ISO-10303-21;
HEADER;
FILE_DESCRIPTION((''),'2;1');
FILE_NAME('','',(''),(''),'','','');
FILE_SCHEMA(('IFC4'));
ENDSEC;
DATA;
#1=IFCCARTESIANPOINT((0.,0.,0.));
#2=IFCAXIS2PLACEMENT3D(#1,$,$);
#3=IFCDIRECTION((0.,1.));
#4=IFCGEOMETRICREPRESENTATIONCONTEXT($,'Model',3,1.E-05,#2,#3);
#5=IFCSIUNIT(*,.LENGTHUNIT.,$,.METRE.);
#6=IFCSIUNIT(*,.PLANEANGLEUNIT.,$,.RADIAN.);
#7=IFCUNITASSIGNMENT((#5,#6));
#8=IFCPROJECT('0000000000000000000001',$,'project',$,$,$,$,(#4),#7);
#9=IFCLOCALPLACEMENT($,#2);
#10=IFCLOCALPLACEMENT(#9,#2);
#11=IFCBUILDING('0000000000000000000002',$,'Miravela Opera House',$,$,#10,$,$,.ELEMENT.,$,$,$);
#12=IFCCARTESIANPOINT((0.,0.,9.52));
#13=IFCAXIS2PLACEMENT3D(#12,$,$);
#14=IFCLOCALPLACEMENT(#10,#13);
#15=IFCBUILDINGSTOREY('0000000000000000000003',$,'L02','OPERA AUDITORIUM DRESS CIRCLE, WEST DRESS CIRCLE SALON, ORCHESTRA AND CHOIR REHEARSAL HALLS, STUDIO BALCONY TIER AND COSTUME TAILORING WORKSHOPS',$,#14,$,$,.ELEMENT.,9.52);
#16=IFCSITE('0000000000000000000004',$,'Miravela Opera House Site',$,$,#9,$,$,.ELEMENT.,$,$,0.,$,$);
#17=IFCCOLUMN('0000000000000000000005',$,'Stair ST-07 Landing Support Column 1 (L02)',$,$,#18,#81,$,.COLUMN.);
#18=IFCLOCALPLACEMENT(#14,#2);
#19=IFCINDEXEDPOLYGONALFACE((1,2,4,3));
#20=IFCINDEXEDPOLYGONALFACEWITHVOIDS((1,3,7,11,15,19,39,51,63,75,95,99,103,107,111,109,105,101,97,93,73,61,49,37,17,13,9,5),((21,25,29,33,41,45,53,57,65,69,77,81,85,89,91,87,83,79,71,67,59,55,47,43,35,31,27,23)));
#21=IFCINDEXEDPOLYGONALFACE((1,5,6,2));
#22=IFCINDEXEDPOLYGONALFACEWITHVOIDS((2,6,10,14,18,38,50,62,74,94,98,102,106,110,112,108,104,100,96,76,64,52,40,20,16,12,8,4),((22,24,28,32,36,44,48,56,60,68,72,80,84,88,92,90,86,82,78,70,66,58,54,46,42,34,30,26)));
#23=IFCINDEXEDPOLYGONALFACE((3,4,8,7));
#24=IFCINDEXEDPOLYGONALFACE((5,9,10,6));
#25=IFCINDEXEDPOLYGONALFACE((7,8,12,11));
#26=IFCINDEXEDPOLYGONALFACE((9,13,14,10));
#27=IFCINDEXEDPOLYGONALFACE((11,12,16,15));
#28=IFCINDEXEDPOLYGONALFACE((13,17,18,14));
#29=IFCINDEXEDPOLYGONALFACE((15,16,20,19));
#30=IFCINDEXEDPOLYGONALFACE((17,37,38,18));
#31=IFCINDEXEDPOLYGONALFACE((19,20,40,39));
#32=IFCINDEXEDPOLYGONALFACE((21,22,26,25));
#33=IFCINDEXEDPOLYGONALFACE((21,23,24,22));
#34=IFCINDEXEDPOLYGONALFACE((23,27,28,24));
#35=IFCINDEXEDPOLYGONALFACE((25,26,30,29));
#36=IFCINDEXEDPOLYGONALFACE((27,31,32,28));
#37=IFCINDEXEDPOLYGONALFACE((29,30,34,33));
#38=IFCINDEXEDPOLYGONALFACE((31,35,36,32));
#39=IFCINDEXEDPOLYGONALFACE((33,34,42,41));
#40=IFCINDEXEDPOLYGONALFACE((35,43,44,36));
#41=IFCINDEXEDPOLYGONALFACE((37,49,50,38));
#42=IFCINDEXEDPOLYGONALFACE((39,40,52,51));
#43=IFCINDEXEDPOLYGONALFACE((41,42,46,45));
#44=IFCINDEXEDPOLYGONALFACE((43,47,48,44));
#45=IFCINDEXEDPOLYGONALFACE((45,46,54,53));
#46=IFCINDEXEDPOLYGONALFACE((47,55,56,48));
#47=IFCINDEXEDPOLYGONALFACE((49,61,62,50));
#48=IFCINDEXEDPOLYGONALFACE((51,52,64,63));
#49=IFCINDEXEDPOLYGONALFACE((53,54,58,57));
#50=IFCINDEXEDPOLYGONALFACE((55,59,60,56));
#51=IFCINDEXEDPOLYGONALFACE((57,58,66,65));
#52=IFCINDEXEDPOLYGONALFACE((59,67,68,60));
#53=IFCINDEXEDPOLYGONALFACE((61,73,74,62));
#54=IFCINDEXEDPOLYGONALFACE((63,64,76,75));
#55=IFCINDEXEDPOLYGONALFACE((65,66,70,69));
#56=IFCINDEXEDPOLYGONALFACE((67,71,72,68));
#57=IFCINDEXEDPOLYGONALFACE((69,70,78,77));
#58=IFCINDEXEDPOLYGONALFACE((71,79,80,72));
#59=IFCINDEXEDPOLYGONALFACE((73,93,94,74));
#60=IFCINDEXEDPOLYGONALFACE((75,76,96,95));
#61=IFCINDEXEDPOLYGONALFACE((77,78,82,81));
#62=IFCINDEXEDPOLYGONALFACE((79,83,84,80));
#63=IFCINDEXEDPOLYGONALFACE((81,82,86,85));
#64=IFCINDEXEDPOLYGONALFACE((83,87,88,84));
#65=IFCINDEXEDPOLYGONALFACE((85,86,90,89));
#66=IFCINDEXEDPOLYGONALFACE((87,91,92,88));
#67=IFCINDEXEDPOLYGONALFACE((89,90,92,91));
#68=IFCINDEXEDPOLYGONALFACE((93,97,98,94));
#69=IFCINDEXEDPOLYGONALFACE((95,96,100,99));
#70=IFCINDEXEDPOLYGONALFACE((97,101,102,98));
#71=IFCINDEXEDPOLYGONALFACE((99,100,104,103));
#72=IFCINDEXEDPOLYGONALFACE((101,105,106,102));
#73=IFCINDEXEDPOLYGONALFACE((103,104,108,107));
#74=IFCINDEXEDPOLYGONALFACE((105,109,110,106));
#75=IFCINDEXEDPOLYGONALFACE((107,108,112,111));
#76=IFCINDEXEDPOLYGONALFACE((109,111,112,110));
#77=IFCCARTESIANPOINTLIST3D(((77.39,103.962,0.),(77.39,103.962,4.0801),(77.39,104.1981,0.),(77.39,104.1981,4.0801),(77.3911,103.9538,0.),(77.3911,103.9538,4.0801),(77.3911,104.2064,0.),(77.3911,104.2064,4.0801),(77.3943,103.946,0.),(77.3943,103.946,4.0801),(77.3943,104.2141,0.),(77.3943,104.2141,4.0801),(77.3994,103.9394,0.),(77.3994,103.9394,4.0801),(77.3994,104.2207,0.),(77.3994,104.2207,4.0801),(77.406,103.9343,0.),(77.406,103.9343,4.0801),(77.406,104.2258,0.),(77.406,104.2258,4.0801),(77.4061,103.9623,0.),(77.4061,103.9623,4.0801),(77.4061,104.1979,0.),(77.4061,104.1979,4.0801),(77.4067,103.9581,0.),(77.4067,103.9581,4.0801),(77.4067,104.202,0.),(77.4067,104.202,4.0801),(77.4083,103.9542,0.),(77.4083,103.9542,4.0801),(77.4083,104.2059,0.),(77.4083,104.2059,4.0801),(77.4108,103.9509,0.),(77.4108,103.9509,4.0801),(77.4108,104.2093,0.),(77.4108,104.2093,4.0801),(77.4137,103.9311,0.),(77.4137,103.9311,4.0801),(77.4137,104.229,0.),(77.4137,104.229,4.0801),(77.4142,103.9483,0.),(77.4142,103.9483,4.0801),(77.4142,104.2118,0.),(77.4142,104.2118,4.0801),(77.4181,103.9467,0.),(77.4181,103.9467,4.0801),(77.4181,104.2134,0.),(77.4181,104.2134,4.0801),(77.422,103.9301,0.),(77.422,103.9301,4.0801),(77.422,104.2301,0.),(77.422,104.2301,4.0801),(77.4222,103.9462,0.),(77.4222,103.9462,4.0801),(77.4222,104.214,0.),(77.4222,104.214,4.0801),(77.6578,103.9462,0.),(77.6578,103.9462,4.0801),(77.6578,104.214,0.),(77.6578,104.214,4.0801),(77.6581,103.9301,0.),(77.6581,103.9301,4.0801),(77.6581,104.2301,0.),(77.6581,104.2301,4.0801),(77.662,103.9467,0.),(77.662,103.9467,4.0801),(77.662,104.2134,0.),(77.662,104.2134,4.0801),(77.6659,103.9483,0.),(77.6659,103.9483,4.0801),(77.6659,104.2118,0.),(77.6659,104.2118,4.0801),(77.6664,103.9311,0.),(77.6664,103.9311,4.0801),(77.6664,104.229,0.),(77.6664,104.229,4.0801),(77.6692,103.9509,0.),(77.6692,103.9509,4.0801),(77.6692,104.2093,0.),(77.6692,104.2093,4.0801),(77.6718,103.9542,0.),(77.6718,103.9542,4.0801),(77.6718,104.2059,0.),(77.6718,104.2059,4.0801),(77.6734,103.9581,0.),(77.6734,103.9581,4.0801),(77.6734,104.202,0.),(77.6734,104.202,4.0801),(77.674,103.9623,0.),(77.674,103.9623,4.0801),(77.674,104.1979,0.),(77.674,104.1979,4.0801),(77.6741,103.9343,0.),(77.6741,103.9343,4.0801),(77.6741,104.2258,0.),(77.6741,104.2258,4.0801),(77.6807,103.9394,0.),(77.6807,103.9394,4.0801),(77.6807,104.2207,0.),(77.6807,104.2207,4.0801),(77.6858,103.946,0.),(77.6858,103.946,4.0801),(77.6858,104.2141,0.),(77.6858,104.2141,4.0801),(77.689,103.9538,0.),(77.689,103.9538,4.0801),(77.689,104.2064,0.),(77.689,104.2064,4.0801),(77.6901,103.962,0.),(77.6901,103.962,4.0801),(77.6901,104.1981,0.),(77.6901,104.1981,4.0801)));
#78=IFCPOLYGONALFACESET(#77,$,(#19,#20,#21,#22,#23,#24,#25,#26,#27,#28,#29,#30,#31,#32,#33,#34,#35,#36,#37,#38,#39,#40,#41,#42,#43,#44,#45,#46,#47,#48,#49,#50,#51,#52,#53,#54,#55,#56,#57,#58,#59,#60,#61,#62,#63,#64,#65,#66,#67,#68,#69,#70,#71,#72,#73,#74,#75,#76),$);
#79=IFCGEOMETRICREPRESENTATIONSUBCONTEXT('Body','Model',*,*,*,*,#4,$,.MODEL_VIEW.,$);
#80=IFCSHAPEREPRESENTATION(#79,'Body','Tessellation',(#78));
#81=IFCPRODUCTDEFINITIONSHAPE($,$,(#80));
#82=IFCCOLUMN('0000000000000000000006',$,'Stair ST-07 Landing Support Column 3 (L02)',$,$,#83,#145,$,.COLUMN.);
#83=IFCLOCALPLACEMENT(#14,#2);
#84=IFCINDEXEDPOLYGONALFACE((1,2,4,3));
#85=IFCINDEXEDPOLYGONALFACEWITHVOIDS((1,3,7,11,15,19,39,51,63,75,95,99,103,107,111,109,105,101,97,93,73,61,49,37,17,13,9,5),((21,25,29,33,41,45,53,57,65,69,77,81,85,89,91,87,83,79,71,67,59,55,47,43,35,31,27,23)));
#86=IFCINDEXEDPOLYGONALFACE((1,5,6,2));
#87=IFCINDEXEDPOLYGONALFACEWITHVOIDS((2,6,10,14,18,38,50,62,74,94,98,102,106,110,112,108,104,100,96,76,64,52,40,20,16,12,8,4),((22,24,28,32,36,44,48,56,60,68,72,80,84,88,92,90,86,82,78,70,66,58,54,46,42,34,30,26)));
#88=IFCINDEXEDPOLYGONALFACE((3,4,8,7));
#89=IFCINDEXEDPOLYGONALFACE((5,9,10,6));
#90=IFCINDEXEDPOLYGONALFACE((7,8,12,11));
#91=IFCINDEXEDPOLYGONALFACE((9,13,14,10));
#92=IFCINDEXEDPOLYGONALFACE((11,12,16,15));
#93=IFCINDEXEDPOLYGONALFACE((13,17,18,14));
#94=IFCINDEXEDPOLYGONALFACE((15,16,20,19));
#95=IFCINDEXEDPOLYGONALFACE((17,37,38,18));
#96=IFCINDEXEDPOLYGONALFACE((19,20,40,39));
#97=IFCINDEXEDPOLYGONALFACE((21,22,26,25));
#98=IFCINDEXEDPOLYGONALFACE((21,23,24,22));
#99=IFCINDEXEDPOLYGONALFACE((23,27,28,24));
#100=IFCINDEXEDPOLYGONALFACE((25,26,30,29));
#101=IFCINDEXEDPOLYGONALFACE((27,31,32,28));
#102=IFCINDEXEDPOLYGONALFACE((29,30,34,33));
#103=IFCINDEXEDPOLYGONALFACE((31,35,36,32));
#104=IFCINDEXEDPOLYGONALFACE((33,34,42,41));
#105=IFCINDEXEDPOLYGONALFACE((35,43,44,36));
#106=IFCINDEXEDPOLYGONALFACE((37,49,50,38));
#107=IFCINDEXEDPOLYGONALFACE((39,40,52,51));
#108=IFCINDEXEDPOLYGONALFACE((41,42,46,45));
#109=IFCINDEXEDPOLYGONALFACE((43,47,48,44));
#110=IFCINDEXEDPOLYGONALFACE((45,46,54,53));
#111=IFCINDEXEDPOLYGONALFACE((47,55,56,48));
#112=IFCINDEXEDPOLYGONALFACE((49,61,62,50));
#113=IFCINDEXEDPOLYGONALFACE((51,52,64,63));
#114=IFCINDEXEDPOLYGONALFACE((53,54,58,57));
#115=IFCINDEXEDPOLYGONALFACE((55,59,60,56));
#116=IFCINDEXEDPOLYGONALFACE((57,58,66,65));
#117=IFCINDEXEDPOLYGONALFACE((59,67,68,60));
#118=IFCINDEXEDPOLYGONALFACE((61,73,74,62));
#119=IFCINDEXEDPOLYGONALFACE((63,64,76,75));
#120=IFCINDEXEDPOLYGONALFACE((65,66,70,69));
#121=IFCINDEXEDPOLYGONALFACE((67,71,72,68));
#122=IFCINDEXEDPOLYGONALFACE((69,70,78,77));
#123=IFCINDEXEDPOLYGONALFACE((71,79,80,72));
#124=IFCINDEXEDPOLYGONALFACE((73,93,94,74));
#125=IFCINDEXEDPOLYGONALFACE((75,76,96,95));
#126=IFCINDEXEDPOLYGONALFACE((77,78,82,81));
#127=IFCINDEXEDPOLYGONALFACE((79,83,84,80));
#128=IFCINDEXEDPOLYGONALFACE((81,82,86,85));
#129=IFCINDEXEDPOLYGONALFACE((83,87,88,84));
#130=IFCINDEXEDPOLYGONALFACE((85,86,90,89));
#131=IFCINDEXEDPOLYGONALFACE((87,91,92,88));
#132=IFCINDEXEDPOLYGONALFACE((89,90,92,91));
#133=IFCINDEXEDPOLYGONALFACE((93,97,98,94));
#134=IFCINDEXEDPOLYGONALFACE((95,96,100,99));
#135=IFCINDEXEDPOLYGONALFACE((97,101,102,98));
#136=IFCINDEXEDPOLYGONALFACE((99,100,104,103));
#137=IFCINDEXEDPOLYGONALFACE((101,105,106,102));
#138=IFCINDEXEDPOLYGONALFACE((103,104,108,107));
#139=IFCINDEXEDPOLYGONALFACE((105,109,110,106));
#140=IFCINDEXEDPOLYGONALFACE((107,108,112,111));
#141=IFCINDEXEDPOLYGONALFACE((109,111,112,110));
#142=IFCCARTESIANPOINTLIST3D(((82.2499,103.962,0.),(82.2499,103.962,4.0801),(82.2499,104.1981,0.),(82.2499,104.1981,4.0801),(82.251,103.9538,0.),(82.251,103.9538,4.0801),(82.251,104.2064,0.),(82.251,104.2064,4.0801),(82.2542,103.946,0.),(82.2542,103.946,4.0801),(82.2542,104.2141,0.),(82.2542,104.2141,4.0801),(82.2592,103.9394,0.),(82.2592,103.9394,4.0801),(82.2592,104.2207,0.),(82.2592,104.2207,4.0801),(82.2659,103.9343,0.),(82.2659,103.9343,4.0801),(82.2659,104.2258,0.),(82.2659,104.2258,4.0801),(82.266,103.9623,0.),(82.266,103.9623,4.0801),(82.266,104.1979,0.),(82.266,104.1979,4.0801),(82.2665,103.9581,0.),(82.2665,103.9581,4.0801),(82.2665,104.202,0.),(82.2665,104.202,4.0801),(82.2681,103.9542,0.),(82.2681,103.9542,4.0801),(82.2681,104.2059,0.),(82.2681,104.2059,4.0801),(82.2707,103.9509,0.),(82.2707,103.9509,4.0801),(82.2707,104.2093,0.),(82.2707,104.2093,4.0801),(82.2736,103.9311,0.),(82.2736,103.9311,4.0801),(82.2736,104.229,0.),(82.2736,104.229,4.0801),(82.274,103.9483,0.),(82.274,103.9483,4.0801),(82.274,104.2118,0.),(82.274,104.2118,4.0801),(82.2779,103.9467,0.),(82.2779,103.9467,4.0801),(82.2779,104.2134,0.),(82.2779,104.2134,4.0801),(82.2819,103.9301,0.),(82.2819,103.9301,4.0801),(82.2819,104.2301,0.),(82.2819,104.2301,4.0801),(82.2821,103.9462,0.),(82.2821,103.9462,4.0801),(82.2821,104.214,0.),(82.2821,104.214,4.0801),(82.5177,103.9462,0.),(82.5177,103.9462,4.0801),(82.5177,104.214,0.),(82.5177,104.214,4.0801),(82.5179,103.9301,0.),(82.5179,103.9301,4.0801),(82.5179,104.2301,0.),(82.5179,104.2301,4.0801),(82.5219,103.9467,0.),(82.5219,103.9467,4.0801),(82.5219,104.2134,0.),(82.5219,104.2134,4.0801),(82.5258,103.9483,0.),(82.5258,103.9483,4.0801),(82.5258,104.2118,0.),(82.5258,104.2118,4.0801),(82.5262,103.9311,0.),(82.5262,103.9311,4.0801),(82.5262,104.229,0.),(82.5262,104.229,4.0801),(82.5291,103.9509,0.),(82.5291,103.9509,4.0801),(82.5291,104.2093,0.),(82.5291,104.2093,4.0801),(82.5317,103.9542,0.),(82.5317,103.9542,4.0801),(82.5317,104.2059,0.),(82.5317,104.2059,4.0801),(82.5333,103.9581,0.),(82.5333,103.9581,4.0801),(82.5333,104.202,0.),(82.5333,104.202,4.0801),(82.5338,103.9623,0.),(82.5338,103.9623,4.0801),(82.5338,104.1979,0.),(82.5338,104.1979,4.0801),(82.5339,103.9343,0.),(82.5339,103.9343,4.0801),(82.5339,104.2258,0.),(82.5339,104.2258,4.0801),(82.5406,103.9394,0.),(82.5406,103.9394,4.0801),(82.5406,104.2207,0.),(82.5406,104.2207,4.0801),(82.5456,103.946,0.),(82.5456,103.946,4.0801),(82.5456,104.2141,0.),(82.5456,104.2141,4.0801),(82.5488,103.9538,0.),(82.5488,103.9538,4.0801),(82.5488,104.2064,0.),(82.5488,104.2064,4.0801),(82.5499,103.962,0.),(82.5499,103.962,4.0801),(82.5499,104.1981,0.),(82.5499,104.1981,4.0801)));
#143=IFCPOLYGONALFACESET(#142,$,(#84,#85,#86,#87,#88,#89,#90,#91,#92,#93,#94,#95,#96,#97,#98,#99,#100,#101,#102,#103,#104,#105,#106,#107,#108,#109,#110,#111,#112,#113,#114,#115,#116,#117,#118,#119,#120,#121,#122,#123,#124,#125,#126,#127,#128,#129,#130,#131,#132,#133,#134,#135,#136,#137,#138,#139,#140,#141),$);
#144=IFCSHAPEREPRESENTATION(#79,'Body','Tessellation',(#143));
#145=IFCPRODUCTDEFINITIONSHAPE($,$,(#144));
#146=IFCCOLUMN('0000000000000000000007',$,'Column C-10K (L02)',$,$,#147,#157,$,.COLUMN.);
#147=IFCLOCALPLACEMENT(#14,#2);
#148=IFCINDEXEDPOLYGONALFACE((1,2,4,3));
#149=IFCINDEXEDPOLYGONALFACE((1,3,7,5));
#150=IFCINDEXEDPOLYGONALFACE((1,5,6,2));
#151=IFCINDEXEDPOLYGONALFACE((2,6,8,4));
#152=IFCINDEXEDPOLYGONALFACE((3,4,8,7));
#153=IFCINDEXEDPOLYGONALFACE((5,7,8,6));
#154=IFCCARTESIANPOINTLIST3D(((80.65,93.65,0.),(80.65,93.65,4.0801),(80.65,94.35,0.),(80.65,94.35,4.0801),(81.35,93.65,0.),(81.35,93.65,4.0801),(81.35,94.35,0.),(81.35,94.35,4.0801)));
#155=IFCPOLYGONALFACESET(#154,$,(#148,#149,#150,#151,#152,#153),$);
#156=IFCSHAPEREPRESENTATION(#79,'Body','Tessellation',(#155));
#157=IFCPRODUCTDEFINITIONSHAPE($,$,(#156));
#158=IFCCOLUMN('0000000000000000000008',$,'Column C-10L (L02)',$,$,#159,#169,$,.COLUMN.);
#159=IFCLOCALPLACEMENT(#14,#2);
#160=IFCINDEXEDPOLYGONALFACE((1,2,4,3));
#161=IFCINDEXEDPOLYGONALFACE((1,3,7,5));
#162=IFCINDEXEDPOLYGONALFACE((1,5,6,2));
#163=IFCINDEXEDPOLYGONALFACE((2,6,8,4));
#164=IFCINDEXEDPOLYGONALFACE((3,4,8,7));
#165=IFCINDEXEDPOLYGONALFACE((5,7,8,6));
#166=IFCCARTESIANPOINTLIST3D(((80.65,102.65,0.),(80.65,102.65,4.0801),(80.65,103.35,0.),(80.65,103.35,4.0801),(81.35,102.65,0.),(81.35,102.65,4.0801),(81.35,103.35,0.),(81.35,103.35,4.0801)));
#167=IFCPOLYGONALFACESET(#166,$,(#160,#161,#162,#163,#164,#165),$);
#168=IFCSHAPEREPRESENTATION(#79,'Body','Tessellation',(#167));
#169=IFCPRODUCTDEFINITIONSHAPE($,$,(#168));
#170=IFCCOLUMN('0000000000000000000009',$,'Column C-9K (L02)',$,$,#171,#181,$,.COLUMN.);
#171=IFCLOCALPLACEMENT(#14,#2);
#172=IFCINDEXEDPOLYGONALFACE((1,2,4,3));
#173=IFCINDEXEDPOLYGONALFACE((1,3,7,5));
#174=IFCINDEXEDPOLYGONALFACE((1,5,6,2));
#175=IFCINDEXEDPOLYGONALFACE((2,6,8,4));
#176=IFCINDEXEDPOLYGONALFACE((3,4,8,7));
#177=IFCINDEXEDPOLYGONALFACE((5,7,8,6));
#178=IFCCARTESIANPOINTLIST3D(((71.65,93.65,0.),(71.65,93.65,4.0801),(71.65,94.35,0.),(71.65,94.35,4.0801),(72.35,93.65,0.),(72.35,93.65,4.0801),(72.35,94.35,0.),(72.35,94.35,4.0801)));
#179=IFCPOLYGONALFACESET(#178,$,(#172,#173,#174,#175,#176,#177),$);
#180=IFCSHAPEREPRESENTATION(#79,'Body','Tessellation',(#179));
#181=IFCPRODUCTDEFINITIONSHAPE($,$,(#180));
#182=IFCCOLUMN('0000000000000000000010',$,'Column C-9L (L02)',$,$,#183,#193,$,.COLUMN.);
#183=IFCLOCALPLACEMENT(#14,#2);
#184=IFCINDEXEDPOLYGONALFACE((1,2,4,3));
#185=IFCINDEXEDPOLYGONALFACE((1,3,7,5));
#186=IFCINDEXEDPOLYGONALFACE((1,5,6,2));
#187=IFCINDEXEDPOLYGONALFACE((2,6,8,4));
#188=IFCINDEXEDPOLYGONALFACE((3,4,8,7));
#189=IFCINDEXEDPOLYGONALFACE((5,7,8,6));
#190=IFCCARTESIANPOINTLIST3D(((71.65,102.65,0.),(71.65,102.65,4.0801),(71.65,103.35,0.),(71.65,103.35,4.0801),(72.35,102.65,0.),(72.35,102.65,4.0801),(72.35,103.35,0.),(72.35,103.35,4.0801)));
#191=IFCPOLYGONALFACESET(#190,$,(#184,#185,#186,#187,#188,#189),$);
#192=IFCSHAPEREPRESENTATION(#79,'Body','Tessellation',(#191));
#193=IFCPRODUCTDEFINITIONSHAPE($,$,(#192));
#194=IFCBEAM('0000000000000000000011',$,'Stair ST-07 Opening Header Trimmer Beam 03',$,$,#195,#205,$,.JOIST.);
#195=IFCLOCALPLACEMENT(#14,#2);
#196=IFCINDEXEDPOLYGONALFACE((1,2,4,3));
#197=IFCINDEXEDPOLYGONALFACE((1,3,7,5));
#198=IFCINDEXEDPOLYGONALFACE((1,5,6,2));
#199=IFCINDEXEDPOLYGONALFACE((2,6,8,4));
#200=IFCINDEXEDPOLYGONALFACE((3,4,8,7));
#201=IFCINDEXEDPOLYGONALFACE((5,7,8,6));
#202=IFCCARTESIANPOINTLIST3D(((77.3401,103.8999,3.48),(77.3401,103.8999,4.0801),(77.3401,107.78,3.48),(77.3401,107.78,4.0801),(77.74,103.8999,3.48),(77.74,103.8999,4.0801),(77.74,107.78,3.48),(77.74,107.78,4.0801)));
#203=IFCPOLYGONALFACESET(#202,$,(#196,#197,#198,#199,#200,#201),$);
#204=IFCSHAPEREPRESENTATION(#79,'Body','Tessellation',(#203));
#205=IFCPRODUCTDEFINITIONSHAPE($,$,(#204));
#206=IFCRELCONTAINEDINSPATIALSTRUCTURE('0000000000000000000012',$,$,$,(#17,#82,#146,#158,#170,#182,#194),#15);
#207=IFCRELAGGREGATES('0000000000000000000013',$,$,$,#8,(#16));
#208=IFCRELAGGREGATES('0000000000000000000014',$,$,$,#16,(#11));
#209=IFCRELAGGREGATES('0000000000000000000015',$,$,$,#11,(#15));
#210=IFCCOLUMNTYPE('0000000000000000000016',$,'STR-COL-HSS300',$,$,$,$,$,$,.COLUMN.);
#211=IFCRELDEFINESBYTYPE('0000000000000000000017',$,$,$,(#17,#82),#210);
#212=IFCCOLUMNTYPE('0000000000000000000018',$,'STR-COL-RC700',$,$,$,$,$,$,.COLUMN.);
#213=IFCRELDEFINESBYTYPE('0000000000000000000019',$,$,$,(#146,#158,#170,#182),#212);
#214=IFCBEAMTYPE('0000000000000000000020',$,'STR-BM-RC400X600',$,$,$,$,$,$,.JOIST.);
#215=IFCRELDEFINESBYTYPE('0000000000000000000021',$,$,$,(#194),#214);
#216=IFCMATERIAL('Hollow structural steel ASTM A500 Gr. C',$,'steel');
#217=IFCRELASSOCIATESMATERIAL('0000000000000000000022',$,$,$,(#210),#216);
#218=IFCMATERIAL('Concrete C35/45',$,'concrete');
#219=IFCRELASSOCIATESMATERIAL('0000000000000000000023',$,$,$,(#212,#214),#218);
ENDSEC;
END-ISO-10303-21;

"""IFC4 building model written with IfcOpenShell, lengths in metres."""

from ifc_helpers import new_model, si_unit, direction, frame, origin, origin_2d, place, context, subcontext, project, spatial, rectangle, hollow_rectangle, extrude, material, material_profile, profile_set, type_object, element, save


model = new_model("IFC4")

# Units and contexts
model_context = context("Model", 3, precision=1e-05, world=origin(), true_north=direction((0.0, 1.0)))
body_context = subcontext(model_context, "Body", "Model", "MODEL_VIEW")
ifc_project = project(units=[si_unit("LENGTHUNIT", "METRE"), si_unit("PLANEANGLEUNIT", "RADIAN")], contexts=[model_context])

# Site, building, storey
site_placement = place(None, origin())
site = spatial("IfcSite", under=ifc_project, at=site_placement, Name="Miravela Opera House Site", CompositionType="ELEMENT", RefElevation=0.0)
building_placement = place(site_placement, origin())
building = spatial("IfcBuilding", under=site, at=building_placement, Name="Miravela Opera House", CompositionType="ELEMENT")
storey_placement = place(building_placement, frame((0.0, 0.0, 9.52)))
storey = spatial("IfcBuildingStorey", under=building, at=storey_placement, Name="L02", Description="OPERA AUDITORIUM DRESS CIRCLE, WEST DRESS CIRCLE SALON, ORCHESTRA AND CHOIR REHEARSAL HALLS, STUDIO BALCONY TIER AND COSTUME TAILORING WORKSHOPS", CompositionType="ELEMENT", Elevation=9.52)

# Columns
ifc_material_1 = material(Name="Hollow structural steel ASTM A500 Gr. C", Category="steel")
ifc_material_profile_1 = material_profile(ifc_material_1, hollow_rectangle(XDim=0.3, YDim=0.3, WallThickness=0.0161, InnerFilletRadius=0.0161, OuterFilletRadius=0.032, at=origin_2d()), Name="HSS300X300X16")
ifc_profile_set_1 = profile_set([ifc_material_profile_1])
column_type_1 = type_object("IfcColumnType", Name="STR-COL-HSS300", PredefinedType="COLUMN", material=ifc_profile_set_1)
for number, where, z_axis, x_axis, name in (
    (1, (77.54, 104.0801, 0.0), (0.0, 0.0, 1.0), (1.0, 0.0, 0.0), "Stair ST-07 Landing Support Column 1 (L02)"),
    (2, (82.3999, 104.0801, 0.0), (0.0, 0.0, 1.0), (1.0, 0.0, 0.0), "Stair ST-07 Landing Support Column 3 (L02)"),
):
    element("IfcColumn", number, at=place(storey_placement, frame(where, z_axis=z_axis, x_axis=x_axis)), inside=storey, type_object=column_type_1, Name=name, PredefinedType="COLUMN", context=body_context, shape_type="SweptSolid", body=[
        extrude(hollow_rectangle(XDim=0.3, YDim=0.3, WallThickness=0.0161, InnerFilletRadius=0.0161, OuterFilletRadius=0.032, at=origin_2d()), origin(), (0.0, 0.0, 1.0), 4.0801),
    ])
ifc_material_2 = material(Name="Concrete C35/45", Category="concrete")
ifc_material_profile_2 = material_profile(ifc_material_2, rectangle(XDim=0.7, YDim=0.7, at=origin_2d()), Name="RC-COL-700X700")
ifc_profile_set_2 = profile_set([ifc_material_profile_2])
column_type_2 = type_object("IfcColumnType", Name="STR-COL-RC700", PredefinedType="COLUMN", material=ifc_profile_set_2)
for number, where, z_axis, x_axis, name in (
    (3, (81.0, 94.0, 0.0), (0.0, 0.0, 1.0), (1.0, 0.0, 0.0), "Column C-10K (L02)"),
    (4, (81.0, 103.0, 0.0), (0.0, 0.0, 1.0), (1.0, 0.0, 0.0), "Column C-10L (L02)"),
    (5, (72.0, 94.0, 0.0), (0.0, 0.0, 1.0), (1.0, 0.0, 0.0), "Column C-9K (L02)"),
    (6, (72.0, 103.0, 0.0), (0.0, 0.0, 1.0), (1.0, 0.0, 0.0), "Column C-9L (L02)"),
):
    element("IfcColumn", number, at=place(storey_placement, frame(where, z_axis=z_axis, x_axis=x_axis)), inside=storey, type_object=column_type_2, Name=name, PredefinedType="COLUMN", context=body_context, shape_type="SweptSolid", body=[
        extrude(rectangle(XDim=0.7, YDim=0.7, at=origin_2d()), origin(), (0.0, 0.0, 1.0), 4.0801),
    ])

# Beam
ifc_material_profile_3 = material_profile(ifc_material_2, rectangle(XDim=0.3999, YDim=0.6001, at=origin_2d()), Name="RC-BM-400X600")
ifc_profile_set_3 = profile_set([ifc_material_profile_3])
beam_type_1 = type_object("IfcBeamType", Name="STR-BM-RC400X600", PredefinedType="JOIST", material=ifc_profile_set_3)
beam_1_placement = place(storey_placement, frame((77.54, 103.8999, 3.78), z_axis=(0.0, 1.0, 0.0), x_axis=(-1.0, 0.0, 0.0)))
element("IfcBeam", 7, at=beam_1_placement, inside=storey, type_object=beam_type_1, Name="Stair ST-07 Opening Header Trimmer Beam 03", PredefinedType="JOIST", context=body_context, shape_type="SweptSolid", body=[
    extrude(rectangle(XDim=0.3999, YDim=0.6001, at=origin_2d()), origin(), (0.0, 0.0, 1.0), 3.8801),
])

save(model, "model.ifc")
